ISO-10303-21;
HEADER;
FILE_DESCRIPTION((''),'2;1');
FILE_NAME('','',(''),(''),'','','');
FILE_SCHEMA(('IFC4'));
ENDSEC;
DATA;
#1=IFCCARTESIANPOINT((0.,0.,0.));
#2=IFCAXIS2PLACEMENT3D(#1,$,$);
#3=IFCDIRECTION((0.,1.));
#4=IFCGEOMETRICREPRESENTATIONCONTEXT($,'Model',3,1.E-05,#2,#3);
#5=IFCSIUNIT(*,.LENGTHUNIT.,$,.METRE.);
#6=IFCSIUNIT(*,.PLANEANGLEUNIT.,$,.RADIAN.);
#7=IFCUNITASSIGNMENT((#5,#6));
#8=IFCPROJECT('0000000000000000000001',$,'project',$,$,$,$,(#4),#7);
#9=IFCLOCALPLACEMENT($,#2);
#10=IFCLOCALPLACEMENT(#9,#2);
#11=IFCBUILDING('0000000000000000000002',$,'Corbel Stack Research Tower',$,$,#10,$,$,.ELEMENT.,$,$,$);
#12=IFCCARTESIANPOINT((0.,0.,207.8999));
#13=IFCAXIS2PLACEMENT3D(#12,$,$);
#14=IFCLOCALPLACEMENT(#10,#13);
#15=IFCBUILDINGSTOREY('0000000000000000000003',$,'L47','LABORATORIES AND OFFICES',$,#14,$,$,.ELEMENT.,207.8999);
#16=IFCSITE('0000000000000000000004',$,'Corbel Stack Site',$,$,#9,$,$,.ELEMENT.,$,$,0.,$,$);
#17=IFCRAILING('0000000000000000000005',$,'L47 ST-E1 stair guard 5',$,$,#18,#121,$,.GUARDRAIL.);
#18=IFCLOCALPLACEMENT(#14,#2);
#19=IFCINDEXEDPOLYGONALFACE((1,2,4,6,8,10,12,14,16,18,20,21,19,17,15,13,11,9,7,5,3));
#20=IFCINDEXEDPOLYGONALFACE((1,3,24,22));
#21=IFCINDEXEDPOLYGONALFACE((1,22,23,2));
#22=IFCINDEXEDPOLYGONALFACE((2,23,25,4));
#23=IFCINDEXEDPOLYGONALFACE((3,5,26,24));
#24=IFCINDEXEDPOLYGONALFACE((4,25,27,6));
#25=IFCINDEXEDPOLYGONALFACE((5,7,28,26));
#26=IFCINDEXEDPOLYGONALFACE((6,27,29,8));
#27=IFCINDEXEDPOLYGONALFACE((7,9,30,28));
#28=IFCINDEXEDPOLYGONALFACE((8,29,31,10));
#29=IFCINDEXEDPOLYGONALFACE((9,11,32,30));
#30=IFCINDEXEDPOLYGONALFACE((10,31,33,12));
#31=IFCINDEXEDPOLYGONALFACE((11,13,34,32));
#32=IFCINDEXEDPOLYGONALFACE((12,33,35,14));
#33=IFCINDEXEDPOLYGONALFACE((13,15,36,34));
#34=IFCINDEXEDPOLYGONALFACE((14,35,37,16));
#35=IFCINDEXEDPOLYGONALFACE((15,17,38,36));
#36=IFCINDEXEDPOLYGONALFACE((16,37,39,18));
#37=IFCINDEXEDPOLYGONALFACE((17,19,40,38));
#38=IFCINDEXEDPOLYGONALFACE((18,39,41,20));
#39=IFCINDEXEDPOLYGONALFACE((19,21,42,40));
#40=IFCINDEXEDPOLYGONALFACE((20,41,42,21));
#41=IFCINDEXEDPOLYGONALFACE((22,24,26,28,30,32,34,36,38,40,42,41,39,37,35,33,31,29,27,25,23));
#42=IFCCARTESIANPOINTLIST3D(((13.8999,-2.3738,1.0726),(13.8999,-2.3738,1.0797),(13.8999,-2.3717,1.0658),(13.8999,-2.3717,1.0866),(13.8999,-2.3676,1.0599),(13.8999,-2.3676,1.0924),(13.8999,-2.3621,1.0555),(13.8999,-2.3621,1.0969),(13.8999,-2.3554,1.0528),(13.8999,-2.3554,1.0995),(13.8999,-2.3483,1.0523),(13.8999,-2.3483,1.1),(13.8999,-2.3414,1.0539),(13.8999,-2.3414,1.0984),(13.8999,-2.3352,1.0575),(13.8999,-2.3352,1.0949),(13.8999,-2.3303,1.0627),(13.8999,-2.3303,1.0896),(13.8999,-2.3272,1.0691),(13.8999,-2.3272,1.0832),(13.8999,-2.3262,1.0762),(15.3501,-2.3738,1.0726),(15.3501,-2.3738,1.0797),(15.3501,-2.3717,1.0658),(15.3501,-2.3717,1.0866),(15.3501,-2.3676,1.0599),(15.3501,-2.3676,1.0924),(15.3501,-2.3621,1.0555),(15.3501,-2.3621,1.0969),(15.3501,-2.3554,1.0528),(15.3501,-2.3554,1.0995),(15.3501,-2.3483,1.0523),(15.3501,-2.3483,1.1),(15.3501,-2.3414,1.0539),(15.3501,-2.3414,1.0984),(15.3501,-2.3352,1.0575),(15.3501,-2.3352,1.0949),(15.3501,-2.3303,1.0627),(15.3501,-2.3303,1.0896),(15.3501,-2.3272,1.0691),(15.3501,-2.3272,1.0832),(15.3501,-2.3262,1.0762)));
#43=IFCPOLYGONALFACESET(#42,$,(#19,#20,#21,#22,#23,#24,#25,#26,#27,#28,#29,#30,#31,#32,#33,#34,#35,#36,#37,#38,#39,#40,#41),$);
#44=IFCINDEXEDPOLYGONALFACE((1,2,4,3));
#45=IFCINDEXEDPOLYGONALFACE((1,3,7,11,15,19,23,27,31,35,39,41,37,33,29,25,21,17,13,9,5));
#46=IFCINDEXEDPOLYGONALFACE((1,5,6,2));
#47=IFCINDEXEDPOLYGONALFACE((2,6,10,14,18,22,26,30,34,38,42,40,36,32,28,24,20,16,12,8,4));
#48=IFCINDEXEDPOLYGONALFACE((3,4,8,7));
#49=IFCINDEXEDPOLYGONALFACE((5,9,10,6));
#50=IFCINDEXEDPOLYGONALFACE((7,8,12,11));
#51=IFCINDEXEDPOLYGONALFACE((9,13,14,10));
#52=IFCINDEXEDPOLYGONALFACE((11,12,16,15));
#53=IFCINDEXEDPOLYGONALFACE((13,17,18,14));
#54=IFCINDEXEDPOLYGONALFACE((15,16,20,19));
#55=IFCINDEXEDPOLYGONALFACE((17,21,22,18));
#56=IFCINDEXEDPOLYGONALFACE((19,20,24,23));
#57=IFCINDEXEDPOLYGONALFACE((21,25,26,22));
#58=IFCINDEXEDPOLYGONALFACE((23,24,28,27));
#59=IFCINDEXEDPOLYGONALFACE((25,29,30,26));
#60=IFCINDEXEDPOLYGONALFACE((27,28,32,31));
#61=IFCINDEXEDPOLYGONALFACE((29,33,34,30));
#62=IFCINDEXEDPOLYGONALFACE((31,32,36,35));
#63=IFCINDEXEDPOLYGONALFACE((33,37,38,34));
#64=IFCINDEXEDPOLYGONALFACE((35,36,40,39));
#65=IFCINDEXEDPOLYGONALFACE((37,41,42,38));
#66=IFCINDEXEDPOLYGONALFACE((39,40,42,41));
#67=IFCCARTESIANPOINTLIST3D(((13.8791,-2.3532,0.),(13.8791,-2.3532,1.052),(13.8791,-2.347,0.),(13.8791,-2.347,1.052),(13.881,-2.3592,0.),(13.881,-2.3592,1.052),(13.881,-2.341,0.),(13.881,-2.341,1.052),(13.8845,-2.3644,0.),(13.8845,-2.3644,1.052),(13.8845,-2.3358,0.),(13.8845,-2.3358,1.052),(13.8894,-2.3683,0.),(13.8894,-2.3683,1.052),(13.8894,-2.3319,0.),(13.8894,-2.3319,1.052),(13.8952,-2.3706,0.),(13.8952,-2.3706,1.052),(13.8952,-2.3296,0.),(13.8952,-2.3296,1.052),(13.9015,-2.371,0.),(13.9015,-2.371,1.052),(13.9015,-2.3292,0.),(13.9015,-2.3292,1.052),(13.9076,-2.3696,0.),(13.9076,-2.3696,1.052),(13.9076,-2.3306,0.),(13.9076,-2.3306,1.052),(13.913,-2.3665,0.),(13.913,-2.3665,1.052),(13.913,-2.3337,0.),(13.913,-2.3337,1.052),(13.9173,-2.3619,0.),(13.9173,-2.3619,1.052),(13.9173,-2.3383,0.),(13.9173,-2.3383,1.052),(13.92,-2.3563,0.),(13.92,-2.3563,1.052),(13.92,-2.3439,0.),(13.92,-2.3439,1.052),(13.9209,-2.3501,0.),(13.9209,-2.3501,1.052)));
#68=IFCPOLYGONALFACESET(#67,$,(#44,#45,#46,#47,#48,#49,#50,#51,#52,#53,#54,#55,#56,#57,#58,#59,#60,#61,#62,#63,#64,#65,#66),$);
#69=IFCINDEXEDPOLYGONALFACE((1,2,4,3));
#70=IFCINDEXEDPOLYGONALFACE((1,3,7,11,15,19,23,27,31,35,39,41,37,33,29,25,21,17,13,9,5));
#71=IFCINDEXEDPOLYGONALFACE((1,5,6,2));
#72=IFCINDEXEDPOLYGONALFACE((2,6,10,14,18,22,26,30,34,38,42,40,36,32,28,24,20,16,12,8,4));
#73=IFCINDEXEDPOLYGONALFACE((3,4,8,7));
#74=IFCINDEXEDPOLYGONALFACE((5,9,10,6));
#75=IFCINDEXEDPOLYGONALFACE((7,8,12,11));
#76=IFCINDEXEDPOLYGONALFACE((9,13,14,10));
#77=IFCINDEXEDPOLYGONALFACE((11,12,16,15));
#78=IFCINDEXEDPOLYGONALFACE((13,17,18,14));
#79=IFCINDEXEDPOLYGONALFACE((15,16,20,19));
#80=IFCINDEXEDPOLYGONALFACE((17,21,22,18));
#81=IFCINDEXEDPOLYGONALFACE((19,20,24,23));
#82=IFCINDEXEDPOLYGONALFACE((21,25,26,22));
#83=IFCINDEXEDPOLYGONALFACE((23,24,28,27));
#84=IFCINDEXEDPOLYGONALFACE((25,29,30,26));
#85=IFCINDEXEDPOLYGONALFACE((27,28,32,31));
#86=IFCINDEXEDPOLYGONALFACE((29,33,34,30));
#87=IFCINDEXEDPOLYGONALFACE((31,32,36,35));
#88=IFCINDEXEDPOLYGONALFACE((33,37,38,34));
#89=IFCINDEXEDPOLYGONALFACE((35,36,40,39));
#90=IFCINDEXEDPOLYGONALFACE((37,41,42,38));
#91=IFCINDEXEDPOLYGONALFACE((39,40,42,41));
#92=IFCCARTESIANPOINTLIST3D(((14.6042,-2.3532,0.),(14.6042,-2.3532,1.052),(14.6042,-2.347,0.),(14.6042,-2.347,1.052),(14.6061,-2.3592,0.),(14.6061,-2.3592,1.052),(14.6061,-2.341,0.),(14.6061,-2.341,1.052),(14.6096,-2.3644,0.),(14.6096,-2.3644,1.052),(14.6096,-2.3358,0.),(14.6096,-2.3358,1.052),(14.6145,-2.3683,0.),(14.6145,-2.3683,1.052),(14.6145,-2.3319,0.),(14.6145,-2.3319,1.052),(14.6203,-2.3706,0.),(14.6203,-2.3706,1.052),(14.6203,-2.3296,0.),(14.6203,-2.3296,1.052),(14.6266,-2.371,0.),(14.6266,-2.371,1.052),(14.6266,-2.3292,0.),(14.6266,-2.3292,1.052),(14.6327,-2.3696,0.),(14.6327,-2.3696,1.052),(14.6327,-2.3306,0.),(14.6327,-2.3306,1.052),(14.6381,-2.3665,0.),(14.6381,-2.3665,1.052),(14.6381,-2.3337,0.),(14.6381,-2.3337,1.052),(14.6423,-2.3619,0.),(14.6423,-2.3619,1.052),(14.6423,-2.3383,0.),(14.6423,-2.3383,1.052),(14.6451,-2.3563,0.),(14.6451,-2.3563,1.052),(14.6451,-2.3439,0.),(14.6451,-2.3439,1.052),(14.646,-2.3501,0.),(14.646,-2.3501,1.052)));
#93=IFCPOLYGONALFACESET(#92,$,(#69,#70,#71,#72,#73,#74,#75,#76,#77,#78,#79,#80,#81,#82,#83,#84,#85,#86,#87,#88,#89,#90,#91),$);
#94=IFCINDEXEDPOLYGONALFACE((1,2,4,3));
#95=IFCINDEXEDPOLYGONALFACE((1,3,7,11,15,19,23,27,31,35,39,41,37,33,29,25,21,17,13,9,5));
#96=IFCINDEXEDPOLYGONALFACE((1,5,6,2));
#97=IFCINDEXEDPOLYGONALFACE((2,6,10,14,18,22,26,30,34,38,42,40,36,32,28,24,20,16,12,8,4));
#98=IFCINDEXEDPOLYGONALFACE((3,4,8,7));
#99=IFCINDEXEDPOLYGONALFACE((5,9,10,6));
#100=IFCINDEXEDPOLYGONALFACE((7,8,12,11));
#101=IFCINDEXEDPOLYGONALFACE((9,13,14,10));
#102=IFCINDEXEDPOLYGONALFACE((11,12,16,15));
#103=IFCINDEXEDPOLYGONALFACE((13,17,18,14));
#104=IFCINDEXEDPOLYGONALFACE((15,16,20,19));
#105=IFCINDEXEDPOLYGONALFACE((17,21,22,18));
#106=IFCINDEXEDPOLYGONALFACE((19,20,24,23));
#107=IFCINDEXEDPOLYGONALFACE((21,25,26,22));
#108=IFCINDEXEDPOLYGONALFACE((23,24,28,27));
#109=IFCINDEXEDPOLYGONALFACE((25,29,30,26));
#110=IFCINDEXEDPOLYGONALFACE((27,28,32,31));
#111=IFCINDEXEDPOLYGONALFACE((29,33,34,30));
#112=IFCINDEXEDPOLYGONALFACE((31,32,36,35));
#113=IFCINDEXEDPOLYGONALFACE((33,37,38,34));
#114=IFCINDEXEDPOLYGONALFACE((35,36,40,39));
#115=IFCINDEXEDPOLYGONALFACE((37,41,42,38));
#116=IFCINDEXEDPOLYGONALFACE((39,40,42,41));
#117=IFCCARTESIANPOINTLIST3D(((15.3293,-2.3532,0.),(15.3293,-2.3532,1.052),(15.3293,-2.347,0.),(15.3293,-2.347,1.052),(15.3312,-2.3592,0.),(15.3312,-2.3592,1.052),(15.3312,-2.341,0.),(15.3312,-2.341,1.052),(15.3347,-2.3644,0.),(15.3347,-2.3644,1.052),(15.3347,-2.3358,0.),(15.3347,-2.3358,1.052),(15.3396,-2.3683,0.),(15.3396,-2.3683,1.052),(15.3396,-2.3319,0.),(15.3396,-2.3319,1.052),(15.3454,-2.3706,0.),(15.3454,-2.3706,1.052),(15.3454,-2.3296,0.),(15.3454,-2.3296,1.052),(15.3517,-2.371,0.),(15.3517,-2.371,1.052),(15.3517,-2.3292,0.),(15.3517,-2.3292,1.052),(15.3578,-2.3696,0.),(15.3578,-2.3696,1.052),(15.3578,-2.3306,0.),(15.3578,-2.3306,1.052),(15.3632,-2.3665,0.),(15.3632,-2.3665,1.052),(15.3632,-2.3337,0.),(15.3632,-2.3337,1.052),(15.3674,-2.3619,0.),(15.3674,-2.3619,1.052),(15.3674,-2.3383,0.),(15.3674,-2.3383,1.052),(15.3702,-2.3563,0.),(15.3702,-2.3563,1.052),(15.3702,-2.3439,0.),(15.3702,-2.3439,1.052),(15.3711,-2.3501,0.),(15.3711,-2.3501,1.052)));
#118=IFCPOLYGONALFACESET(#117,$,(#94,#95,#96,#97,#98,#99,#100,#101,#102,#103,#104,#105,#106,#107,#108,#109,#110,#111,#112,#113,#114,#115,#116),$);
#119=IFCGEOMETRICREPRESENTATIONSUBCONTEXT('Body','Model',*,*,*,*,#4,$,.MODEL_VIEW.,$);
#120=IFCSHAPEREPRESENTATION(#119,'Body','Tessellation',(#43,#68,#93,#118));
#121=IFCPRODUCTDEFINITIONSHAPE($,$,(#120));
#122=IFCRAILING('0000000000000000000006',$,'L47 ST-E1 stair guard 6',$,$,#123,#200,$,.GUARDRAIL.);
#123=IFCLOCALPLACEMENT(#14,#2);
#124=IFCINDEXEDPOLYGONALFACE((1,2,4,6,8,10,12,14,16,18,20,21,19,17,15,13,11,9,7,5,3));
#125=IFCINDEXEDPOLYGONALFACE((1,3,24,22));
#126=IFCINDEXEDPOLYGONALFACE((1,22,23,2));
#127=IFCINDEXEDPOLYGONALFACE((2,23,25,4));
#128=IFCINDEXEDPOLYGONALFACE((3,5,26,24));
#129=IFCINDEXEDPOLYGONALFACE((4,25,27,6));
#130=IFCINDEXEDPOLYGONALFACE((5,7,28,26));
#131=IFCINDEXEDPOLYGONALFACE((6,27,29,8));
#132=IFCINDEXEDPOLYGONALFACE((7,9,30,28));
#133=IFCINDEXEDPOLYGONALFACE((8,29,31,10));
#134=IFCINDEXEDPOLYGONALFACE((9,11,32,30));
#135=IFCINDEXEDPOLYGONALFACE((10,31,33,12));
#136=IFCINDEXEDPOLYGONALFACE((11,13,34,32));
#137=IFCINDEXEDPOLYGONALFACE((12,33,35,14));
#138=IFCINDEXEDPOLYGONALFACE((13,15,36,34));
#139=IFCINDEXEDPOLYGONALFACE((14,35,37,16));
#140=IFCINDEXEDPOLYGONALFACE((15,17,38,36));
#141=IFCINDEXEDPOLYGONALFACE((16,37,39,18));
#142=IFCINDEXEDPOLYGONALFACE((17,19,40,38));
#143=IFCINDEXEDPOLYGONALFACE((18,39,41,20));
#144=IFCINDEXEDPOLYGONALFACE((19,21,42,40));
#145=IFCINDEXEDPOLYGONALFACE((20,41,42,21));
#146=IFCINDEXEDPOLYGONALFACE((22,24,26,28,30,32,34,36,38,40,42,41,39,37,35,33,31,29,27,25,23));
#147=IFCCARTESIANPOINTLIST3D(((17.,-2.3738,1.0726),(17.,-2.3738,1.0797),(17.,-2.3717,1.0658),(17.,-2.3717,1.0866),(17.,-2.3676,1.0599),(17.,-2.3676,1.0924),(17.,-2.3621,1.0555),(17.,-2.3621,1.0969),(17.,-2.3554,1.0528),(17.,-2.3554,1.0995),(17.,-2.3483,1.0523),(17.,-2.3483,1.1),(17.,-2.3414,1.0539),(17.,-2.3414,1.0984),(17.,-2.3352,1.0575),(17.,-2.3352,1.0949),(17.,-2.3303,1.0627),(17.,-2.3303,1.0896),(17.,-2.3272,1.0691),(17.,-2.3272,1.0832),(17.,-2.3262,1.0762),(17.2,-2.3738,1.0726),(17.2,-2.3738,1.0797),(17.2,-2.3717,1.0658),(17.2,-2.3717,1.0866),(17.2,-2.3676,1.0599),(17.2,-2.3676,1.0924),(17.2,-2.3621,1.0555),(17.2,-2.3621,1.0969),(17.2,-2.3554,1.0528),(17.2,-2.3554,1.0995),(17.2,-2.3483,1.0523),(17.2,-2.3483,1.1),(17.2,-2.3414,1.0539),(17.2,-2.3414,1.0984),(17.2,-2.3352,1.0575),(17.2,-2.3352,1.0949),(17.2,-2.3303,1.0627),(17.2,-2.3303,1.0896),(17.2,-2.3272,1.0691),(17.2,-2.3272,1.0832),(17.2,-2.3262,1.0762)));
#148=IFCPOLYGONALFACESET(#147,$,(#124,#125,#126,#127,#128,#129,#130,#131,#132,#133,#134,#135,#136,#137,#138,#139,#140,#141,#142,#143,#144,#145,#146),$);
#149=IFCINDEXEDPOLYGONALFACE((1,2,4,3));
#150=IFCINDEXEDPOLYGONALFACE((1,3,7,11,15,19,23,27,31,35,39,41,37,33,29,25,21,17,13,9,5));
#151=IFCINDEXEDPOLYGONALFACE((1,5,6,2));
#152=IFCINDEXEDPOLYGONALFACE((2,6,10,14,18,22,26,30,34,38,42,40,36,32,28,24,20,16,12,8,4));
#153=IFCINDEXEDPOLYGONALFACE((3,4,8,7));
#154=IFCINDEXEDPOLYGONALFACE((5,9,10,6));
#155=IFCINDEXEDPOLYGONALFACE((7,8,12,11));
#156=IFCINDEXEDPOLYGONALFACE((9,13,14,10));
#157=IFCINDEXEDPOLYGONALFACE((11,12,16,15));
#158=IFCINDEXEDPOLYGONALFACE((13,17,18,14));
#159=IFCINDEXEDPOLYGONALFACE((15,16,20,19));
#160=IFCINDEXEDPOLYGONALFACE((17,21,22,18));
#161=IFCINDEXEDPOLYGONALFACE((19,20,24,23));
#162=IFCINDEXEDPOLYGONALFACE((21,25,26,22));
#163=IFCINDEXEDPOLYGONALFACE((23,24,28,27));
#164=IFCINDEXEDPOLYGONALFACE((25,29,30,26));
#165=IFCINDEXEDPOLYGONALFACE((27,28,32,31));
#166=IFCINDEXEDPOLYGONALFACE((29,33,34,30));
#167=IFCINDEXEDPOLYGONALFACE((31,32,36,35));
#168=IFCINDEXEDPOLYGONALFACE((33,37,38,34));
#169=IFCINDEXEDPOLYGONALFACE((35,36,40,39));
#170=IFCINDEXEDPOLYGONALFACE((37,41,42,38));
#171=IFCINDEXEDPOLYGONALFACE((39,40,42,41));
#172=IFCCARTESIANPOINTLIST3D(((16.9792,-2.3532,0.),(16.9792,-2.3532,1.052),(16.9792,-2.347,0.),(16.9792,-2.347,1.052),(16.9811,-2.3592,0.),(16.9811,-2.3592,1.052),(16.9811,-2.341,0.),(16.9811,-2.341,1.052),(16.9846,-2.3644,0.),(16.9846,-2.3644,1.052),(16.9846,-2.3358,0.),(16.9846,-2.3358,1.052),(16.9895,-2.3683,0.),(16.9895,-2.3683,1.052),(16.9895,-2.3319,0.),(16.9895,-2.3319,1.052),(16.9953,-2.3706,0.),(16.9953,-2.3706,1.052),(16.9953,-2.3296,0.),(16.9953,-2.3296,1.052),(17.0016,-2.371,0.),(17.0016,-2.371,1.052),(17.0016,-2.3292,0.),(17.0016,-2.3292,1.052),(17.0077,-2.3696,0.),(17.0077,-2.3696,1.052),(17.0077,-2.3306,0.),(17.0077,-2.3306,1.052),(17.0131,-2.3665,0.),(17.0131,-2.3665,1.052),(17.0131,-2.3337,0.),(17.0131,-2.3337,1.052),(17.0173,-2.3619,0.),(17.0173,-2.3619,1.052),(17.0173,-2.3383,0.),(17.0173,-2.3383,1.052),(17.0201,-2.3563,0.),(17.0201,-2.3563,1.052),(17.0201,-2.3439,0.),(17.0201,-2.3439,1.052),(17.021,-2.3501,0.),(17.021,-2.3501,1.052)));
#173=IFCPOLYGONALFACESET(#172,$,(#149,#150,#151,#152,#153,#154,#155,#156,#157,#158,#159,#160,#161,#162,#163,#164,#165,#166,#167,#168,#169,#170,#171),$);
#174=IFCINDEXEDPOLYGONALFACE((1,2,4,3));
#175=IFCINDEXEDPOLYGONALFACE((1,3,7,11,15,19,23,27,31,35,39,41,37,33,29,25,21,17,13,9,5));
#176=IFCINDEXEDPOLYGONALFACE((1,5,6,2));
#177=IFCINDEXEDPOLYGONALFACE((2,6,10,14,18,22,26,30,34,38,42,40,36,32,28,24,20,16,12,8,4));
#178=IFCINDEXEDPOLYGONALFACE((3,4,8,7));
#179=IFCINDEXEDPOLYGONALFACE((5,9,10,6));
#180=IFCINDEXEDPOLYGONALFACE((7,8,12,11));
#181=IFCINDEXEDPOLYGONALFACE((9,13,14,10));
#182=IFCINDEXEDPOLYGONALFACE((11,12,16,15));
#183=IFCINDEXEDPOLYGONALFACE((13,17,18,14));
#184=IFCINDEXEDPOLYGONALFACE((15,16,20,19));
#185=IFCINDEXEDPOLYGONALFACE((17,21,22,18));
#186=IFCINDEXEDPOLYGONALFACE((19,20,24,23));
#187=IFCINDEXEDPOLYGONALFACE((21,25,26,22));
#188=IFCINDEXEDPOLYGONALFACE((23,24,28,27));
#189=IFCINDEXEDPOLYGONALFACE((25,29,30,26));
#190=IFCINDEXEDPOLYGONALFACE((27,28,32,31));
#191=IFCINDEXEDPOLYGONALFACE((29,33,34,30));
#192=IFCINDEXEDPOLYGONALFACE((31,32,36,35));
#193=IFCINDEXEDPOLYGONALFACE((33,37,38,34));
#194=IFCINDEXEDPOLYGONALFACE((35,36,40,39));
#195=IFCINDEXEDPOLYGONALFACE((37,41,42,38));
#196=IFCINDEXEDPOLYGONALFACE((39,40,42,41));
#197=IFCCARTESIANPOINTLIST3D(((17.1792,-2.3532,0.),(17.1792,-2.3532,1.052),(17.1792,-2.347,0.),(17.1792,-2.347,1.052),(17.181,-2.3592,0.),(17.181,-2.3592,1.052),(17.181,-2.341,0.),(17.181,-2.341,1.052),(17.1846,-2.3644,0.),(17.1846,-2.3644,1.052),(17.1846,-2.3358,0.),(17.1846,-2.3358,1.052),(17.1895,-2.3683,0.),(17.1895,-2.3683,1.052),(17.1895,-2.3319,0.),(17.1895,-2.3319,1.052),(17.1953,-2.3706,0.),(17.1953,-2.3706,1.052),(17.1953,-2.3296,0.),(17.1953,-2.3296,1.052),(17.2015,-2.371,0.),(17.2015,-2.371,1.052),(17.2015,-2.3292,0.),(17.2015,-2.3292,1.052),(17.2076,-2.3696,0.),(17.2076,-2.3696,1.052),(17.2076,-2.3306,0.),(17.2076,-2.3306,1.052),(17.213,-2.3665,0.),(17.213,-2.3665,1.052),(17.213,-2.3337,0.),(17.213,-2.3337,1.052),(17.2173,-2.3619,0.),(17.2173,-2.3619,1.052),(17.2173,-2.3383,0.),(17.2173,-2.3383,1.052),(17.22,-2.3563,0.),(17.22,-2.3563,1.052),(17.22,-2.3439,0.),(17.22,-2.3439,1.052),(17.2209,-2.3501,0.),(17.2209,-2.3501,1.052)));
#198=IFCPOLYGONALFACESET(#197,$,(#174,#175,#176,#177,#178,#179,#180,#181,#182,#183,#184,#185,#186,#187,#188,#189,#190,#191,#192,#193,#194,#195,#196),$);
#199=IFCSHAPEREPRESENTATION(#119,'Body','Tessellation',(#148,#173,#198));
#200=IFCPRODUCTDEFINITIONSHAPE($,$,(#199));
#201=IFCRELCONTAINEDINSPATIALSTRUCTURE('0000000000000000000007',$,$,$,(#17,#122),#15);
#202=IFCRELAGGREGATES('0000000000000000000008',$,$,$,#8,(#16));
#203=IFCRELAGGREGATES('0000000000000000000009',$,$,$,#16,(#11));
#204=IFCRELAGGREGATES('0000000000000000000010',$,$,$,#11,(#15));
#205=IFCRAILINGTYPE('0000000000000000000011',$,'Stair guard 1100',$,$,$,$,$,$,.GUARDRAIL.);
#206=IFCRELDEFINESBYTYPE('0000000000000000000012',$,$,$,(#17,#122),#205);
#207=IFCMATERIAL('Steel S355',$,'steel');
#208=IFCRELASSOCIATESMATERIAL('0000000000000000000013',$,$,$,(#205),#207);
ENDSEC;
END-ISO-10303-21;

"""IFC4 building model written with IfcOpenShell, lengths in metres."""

from ifc_helpers import new_model, si_unit, direction, frame, origin, origin_2d, place, context, subcontext, project, spatial, circle, extrude, material, type_object, element, save


model = new_model("IFC4")

# Units and contexts
model_context = context("Model", 3, precision=1e-05, world=origin(), true_north=direction((0.0, 1.0)))
body_context = subcontext(model_context, "Body", "Model", "MODEL_VIEW")
ifc_project = project(units=[si_unit("LENGTHUNIT", "METRE"), si_unit("PLANEANGLEUNIT", "RADIAN")], contexts=[model_context])

# Site, building, storey
site_placement = place(None, origin())
site = spatial("IfcSite", under=ifc_project, at=site_placement, Name="Corbel Stack Site", CompositionType="ELEMENT", RefElevation=0.0)
building_placement = place(site_placement, origin())
building = spatial("IfcBuilding", under=site, at=building_placement, Name="Corbel Stack Research Tower", CompositionType="ELEMENT")
storey_placement = place(building_placement, frame((0.0, 0.0, 207.8999)))
storey = spatial("IfcBuildingStorey", under=building, at=storey_placement, Name="L47", Description="LABORATORIES AND OFFICES", CompositionType="ELEMENT", Elevation=207.8999)

# Railings
ifc_material_1 = material(Name="Steel S355", Category="steel")
railing_type_1 = type_object("IfcRailingType", Name="Stair guard 1100", PredefinedType="GUARDRAIL", material=ifc_material_1)
railing_1_placement = place(storey_placement, frame((13.8999, -2.3501, 0.0)))
element("IfcRailing", 1, at=railing_1_placement, inside=storey, type_object=railing_type_1, Name="L47 ST-E1 stair guard 5", PredefinedType="GUARDRAIL", context=body_context, shape_type="SweptSolid", body=[
    extrude(circle(Radius=0.0239, at=origin_2d()), frame((0.0, 0.0, 1.0762), z_axis=(1.0, 0.0, 0.0), x_axis=(0.0, 1.0, 0.0)), (0.0, 0.0, 1.0), 1.4502),
    extrude(circle(Radius=0.021, at=origin_2d()), origin(), (0.0, 0.0, 1.0), 1.052),
    extrude(circle(Radius=0.021, at=origin_2d()), frame((0.7251, 0.0, 0.0)), (0.0, 0.0, 1.0), 1.052),
    extrude(circle(Radius=0.021, at=origin_2d()), frame((1.4502, 0.0, 0.0)), (0.0, 0.0, 1.0), 1.052),
])
railing_2_placement = place(storey_placement, frame((17.0, -2.3501, 0.0)))
element("IfcRailing", 2, at=railing_2_placement, inside=storey, type_object=railing_type_1, Name="L47 ST-E1 stair guard 6", PredefinedType="GUARDRAIL", context=body_context, shape_type="SweptSolid", body=[
    extrude(circle(Radius=0.0239, at=origin_2d()), frame((0.0, 0.0, 1.0762), z_axis=(1.0, 0.0, 0.0), x_axis=(0.0, 1.0, 0.0)), (0.0, 0.0, 1.0), 0.2),
    extrude(circle(Radius=0.021, at=origin_2d()), origin(), (0.0, 0.0, 1.0), 1.052),
    extrude(circle(Radius=0.021, at=origin_2d()), frame((0.2, 0.0, 0.0)), (0.0, 0.0, 1.0), 1.052),
])

save(model, "model.ifc")
